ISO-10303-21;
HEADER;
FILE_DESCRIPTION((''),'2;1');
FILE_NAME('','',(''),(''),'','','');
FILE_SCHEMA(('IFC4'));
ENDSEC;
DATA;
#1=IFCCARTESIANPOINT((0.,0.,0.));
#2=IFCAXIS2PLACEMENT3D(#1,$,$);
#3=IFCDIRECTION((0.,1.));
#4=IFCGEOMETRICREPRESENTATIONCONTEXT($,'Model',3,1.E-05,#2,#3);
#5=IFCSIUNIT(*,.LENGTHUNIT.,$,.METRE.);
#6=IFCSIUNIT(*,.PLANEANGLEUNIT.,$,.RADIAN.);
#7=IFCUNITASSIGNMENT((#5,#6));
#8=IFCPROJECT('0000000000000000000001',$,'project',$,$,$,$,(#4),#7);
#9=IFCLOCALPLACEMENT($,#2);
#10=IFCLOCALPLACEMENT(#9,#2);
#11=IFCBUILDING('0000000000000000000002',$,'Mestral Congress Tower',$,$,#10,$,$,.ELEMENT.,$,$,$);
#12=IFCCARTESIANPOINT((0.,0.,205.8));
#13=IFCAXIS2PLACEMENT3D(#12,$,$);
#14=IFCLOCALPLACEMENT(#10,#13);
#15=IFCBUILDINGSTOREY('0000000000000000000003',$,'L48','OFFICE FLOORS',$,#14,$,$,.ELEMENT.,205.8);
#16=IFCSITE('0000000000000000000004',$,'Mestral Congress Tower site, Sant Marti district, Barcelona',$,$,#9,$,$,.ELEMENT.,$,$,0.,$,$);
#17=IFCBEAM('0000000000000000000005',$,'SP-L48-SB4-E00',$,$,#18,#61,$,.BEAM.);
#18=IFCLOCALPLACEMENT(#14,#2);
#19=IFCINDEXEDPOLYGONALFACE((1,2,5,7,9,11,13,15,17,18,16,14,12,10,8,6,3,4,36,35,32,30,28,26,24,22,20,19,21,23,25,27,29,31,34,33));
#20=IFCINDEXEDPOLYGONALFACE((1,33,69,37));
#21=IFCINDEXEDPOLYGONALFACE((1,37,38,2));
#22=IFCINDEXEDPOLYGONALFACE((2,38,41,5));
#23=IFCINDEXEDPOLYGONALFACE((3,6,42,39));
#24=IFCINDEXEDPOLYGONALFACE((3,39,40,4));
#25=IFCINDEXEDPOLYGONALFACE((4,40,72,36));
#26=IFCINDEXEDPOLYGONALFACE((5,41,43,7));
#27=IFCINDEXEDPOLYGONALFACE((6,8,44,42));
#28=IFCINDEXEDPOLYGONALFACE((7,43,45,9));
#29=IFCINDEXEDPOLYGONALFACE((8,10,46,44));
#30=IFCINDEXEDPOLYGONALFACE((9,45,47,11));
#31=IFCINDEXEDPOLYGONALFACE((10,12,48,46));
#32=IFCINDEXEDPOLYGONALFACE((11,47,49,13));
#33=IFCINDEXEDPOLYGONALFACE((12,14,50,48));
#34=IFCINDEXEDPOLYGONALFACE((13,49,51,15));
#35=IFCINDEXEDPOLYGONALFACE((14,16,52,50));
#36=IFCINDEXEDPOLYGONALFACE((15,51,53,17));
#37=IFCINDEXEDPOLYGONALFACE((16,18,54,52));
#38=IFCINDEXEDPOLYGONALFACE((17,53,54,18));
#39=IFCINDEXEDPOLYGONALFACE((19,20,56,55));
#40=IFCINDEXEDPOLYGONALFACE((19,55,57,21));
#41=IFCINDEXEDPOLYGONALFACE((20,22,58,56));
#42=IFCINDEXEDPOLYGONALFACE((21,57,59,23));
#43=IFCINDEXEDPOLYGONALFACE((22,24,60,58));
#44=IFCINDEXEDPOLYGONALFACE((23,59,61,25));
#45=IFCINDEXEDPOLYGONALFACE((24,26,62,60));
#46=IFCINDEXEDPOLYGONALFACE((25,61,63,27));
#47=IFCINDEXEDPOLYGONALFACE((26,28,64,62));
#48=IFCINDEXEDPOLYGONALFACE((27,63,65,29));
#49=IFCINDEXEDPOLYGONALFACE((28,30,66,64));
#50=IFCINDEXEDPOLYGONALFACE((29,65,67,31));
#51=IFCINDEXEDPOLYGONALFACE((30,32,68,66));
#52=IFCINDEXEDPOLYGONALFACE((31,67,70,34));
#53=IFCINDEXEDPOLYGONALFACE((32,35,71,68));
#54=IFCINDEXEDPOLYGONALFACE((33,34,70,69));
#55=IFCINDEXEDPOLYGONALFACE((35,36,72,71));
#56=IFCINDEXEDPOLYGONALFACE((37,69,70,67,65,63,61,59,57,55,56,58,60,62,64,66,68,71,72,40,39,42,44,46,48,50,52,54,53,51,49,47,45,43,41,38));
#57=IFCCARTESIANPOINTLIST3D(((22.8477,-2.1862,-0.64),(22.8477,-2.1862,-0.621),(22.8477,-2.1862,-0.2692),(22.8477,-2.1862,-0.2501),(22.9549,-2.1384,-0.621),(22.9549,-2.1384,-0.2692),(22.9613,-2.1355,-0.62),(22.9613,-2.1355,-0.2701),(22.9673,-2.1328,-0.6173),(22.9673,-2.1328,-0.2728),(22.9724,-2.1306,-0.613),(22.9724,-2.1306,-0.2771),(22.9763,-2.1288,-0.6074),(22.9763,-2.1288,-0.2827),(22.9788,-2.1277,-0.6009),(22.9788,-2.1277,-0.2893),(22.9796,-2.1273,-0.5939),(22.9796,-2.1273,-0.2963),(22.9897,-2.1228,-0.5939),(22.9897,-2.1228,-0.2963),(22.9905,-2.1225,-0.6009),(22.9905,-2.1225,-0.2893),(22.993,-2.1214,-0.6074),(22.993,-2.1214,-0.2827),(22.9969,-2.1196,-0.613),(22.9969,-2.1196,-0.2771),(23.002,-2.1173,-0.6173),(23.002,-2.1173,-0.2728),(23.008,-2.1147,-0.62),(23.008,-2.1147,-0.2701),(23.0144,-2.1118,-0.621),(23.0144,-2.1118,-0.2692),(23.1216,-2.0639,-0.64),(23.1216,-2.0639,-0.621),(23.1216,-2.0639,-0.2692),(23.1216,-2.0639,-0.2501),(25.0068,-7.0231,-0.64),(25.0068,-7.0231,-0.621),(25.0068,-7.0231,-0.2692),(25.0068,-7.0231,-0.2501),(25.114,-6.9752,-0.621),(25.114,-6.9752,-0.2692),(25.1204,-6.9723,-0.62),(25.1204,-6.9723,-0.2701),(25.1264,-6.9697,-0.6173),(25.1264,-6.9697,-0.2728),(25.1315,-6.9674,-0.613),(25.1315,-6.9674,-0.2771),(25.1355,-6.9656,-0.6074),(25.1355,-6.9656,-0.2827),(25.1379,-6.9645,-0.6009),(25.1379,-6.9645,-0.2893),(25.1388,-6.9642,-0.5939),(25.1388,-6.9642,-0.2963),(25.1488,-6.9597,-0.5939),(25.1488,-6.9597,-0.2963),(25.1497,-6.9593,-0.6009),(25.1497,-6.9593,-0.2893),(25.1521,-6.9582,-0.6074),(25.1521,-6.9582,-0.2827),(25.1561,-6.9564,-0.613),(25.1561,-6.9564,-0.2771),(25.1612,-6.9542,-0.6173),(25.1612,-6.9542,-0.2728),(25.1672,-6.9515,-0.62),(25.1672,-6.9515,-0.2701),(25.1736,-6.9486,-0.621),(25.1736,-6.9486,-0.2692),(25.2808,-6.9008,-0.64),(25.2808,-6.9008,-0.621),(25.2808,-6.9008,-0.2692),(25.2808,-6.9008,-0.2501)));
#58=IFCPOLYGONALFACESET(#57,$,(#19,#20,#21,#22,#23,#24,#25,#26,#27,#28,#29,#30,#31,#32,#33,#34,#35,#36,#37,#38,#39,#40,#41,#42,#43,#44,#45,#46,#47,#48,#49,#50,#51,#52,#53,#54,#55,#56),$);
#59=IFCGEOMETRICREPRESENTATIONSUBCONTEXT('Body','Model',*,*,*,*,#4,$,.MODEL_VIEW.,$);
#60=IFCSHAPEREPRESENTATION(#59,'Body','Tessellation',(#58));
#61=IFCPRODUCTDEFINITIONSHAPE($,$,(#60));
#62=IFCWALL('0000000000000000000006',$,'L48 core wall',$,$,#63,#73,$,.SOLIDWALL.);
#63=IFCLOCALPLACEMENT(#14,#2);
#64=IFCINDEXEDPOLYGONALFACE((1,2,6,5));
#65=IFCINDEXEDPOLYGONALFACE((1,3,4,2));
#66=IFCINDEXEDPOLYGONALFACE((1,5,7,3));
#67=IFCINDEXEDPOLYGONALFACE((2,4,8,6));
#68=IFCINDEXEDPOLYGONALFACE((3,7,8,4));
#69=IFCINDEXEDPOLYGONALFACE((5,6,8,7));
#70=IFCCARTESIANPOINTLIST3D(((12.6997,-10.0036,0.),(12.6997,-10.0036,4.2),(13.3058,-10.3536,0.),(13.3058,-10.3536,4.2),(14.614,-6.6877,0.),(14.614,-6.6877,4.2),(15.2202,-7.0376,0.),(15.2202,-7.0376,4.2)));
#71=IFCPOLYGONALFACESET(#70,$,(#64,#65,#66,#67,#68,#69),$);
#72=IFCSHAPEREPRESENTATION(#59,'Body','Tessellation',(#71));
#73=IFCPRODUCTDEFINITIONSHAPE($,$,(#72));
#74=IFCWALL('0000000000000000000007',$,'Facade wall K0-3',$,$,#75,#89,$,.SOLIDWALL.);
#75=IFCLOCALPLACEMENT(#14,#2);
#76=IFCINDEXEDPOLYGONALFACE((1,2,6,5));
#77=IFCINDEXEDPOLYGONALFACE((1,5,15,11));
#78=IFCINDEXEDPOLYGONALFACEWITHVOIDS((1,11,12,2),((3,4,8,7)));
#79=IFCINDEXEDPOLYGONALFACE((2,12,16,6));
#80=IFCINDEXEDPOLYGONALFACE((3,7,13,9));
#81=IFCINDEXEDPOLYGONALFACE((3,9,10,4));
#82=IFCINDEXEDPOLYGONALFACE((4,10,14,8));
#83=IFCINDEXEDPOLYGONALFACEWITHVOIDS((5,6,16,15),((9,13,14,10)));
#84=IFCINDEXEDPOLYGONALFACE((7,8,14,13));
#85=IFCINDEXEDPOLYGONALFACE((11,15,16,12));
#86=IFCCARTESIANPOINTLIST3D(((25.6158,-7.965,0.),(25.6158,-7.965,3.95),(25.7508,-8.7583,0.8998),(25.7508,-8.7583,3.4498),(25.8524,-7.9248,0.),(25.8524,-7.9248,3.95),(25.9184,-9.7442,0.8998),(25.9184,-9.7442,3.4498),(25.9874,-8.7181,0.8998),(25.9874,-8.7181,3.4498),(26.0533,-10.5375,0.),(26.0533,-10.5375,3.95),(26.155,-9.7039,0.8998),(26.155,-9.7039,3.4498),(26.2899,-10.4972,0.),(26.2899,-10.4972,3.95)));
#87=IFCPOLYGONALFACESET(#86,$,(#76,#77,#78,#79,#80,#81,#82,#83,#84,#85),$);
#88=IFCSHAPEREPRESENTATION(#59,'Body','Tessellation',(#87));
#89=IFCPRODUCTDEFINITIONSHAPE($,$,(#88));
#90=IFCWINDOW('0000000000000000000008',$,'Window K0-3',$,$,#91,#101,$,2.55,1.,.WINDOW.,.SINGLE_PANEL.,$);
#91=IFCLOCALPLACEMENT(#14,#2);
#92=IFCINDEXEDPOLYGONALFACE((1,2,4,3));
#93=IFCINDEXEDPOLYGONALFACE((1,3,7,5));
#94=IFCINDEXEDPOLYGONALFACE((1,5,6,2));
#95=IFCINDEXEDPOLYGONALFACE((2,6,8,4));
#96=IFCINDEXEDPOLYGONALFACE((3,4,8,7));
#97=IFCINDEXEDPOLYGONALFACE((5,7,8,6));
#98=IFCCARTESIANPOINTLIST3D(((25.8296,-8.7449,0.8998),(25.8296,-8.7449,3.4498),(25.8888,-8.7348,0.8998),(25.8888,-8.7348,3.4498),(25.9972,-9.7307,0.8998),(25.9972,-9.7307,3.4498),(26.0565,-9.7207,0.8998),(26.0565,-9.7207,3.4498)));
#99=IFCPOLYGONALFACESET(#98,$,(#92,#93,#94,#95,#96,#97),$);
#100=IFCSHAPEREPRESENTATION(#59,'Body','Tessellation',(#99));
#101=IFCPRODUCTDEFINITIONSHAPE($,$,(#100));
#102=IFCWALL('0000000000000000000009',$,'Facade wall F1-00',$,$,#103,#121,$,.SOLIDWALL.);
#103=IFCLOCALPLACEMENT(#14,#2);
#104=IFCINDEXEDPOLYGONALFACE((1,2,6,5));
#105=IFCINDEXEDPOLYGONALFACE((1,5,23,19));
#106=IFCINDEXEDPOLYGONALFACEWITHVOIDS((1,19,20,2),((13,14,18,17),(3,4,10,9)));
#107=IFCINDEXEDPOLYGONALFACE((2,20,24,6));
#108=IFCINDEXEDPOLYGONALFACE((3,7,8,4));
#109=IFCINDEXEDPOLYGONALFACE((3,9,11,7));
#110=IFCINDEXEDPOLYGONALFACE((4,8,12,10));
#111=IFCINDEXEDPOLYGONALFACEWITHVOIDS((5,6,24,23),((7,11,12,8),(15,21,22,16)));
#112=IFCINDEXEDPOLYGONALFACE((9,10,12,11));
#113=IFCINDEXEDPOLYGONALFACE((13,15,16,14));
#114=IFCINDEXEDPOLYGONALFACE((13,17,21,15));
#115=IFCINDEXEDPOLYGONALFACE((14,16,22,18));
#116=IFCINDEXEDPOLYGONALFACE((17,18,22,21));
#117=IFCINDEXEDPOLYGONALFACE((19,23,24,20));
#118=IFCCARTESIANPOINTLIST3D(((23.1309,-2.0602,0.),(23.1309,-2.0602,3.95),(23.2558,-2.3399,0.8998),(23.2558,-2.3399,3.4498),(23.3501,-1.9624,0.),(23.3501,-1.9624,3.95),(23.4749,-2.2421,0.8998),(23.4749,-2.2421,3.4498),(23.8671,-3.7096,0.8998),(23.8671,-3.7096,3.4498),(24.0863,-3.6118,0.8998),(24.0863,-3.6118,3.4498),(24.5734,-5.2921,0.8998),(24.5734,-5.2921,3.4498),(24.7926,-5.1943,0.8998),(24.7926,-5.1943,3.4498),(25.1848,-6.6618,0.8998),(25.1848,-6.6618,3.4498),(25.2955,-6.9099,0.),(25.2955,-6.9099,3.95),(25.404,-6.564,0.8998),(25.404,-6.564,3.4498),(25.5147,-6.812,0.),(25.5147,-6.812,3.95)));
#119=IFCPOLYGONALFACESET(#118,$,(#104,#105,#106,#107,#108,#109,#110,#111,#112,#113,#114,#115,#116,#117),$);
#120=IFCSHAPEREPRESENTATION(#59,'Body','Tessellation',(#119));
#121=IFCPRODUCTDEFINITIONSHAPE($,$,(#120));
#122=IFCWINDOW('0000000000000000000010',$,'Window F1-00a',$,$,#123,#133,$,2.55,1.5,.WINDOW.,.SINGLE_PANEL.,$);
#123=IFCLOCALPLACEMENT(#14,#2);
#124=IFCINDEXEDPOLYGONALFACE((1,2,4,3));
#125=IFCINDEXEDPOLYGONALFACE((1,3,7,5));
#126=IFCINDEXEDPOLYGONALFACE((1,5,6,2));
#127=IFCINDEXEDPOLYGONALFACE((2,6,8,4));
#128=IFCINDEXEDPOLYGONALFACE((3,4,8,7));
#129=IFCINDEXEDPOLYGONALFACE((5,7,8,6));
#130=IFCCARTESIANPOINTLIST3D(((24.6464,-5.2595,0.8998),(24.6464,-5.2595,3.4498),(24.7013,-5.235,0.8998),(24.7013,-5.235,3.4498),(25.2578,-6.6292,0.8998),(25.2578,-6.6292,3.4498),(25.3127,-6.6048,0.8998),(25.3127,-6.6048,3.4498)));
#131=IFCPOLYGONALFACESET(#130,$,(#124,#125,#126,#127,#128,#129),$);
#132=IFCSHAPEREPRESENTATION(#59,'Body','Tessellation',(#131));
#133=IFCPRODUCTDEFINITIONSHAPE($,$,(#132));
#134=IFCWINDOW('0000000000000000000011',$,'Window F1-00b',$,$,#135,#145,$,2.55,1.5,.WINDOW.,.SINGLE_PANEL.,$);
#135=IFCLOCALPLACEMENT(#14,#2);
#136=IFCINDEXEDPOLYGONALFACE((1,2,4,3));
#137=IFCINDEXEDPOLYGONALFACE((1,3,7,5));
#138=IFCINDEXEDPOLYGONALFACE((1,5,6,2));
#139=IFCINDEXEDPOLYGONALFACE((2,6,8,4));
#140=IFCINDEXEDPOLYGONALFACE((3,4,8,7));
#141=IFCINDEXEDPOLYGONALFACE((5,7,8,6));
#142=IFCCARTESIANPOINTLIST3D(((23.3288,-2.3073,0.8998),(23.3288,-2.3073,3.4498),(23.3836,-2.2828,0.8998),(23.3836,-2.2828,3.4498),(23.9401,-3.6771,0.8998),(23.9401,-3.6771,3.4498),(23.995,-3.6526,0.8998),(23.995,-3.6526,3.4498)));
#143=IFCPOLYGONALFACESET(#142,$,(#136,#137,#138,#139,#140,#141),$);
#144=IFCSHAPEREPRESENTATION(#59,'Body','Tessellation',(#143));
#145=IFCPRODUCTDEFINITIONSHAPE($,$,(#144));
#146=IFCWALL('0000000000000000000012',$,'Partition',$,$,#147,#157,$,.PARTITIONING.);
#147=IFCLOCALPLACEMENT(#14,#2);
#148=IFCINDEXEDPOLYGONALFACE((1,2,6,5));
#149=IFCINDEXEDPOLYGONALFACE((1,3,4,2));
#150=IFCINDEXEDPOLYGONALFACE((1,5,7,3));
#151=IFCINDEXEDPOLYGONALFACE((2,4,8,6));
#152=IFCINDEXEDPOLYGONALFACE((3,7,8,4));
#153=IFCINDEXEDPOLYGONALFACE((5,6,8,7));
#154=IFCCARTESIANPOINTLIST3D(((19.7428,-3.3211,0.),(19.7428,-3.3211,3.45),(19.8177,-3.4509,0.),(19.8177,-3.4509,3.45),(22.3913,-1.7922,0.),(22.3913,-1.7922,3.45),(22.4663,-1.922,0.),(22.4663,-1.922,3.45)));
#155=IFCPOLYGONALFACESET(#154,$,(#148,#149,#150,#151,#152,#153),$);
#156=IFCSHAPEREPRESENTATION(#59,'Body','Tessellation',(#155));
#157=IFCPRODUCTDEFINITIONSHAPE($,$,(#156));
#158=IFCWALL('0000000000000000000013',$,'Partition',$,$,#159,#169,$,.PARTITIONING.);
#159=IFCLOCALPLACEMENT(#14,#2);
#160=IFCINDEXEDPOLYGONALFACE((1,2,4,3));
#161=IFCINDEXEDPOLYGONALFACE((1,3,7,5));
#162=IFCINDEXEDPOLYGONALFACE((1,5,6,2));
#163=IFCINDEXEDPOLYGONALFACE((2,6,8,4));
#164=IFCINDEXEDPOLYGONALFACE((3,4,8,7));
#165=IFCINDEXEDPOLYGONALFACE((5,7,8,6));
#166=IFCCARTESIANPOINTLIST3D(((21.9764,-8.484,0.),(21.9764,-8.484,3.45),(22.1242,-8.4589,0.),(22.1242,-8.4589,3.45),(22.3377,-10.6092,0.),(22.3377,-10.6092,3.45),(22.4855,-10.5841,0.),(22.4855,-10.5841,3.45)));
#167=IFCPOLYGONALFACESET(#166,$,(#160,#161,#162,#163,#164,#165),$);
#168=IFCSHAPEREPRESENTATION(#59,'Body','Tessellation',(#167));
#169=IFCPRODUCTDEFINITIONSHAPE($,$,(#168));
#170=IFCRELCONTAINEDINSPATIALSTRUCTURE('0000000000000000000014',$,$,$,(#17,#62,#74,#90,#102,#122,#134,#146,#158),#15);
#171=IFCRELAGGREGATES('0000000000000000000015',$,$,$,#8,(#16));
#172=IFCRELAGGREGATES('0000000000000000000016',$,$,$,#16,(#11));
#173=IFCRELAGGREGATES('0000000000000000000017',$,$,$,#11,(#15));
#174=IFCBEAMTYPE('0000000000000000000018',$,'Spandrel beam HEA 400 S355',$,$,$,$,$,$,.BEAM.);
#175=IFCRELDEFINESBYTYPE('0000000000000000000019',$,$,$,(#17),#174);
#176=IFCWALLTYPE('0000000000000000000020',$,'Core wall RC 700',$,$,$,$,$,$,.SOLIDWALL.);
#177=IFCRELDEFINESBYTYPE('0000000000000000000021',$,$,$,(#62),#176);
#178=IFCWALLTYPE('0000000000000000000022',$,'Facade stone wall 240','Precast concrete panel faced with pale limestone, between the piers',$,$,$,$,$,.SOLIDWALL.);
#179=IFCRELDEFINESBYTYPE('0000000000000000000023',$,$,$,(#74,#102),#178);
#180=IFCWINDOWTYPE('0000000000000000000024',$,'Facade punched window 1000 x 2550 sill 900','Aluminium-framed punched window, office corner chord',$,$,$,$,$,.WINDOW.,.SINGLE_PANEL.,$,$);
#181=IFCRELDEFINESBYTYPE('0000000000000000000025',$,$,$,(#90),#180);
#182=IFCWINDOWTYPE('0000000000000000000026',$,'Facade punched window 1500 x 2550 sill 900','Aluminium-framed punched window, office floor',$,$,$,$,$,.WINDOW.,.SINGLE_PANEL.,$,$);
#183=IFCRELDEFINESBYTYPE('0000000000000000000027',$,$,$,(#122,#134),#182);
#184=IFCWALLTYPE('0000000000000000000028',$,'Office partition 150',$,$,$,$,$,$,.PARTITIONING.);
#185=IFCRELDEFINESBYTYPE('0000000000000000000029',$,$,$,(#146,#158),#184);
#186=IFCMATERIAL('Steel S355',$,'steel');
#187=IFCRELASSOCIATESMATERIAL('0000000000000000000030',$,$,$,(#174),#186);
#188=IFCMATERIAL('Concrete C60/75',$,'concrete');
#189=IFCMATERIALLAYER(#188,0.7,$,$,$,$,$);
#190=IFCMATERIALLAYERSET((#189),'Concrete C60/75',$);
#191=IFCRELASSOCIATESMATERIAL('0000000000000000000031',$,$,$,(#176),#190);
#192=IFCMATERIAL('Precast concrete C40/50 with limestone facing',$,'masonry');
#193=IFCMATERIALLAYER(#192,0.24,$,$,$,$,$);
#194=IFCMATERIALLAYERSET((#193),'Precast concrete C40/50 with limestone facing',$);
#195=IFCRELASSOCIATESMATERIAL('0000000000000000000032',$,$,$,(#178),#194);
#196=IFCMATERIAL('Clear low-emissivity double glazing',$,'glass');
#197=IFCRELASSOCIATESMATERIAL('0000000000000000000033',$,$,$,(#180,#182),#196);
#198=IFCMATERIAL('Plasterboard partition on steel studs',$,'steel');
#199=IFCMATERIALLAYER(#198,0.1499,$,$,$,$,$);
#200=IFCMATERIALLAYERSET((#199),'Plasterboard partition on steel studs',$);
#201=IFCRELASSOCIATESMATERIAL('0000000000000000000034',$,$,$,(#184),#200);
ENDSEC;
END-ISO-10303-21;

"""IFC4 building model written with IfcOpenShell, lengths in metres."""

from ifc_helpers import new_model, si_unit, direction, frame, frame_2d, origin, origin_2d, place, context, subcontext, project, spatial, rectangle, i_section, extrude, material, layer, layer_set, material_profile, profile_set, type_object, element, fill, save


model = new_model("IFC4")

# Units and contexts
model_context = context("Model", 3, precision=1e-05, world=origin(), true_north=direction((0.0, 1.0)))
body_context = subcontext(model_context, "Body", "Model", "MODEL_VIEW")
ifc_project = project(units=[si_unit("LENGTHUNIT", "METRE"), si_unit("PLANEANGLEUNIT", "RADIAN")], contexts=[model_context])

# Site, building, storey
site_placement = place(None, origin())
site = spatial("IfcSite", under=ifc_project, at=site_placement, Name="Mestral Congress Tower site, Sant Marti district, Barcelona", CompositionType="ELEMENT", RefElevation=0.0)
building_placement = place(site_placement, origin())
building = spatial("IfcBuilding", under=site, at=building_placement, Name="Mestral Congress Tower", CompositionType="ELEMENT")
storey_placement = place(building_placement, frame((0.0, 0.0, 205.8)))
storey = spatial("IfcBuildingStorey", under=building, at=storey_placement, Name="L48", Description="OFFICE FLOORS", CompositionType="ELEMENT", Elevation=205.8)

# Shared definitions
ifc_material_1 = material(Name="Concrete C60/75", Category="concrete")

# Beam
ifc_material_2 = material(Name="Steel S355", Category="steel")
ifc_material_profile_1 = material_profile(ifc_material_2, i_section(OverallWidth=0.3, OverallDepth=0.3899, WebThickness=0.011, FlangeThickness=0.019, FilletRadius=0.0271, at=origin_2d()), Name="HEA 400")
ifc_profile_set_1 = profile_set([ifc_material_profile_1], Name="Steel S355")
beam_type_1 = type_object("IfcBeamType", Name="Spandrel beam HEA 400 S355", PredefinedType="BEAM", material=ifc_profile_set_1)
beam_1_placement = place(storey_placement, frame((25.1438, -6.9619, -0.4451), z_axis=(-0.407626, 0.913149, 0.0), x_axis=(-0.913149, -0.407626, 0.0)))
element("IfcBeam", 1, at=beam_1_placement, inside=storey, type_object=beam_type_1, Name="SP-L48-SB4-E00", PredefinedType="BEAM", context=body_context, shape_type="SweptSolid", body=[
    extrude(i_section(OverallWidth=0.3, OverallDepth=0.3899, WebThickness=0.011, FlangeThickness=0.019, FilletRadius=0.0271, at=origin_2d()), origin(), (0.0, 0.0, 1.0), 5.2969),
])

# Wall
ifc_layer_1 = layer(ifc_material_1, 0.7)
ifc_layer_set_1 = layer_set([ifc_layer_1], Name="Concrete C60/75")
wall_type_1 = type_object("IfcWallType", Name="Core wall RC 700", PredefinedType="SOLIDWALL", material=ifc_layer_set_1)
wall_1_placement = place(storey_placement, frame((13.0027, -10.1787, 0.0), z_axis=(0.0, 0.0, 1.0), x_axis=(0.499973, 0.866041, 0.0)))
element("IfcWall", 2, at=wall_1_placement, inside=storey, type_object=wall_type_1, Name="L48 core wall", PredefinedType="SOLIDWALL", context=body_context, shape_type="SweptSolid", body=[
    extrude(rectangle(XDim=3.8289, YDim=0.7, at=frame_2d((1.9146, 0.0))), origin(), (0.0, 0.0, 1.0), 4.2),
])

# Wall, opening, window
ifc_material_3 = material(Name="Precast concrete C40/50 with limestone facing", Category="masonry")
ifc_layer_2 = layer(ifc_material_3, 0.24)
ifc_layer_set_2 = layer_set([ifc_layer_2], Name="Precast concrete C40/50 with limestone facing")
wall_type_2 = type_object("IfcWallType", Name="Facade stone wall 240", Description="Precast concrete panel faced with pale limestone, between the piers", PredefinedType="SOLIDWALL", material=ifc_layer_set_2)
wall_2_placement = place(storey_placement, frame((26.1716, -10.5173, 0.0), z_axis=(0.0, 0.0, 1.0), x_axis=(-0.16766, 0.985845, 0.0)))
wall_2 = element("IfcWall", 3, at=wall_2_placement, inside=storey, type_object=wall_type_2, Name="Facade wall K0-3", PredefinedType="SOLIDWALL", context=body_context, shape_type="SweptSolid", body=[
    extrude(rectangle(XDim=2.6094, YDim=0.24, at=frame_2d((1.3047, 0.0))), origin(), (0.0, 0.0, 1.0), 3.95),
])
opening_1_placement = place(wall_2_placement, frame((0.8047, 0.0, 0.8999)))
opening_1 = element("IfcOpeningElement", 4, at=opening_1_placement, cuts=wall_2, PredefinedType="OPENING", context=body_context, shape_type="SweptSolid", body=[
    extrude(rectangle(XDim=1.0, YDim=2.55, at=frame_2d((0.5, 1.2749))), frame((0.0, 0.1299, 0.0), z_axis=(0.0, -1.0, 0.0), x_axis=(1.0, 0.0, 0.0)), (0.0, 0.0, 1.0), 0.26),
])
ifc_material_4 = material(Name="Clear low-emissivity double glazing", Category="glass")
window_type_1 = type_object("IfcWindowType", Name="Facade punched window 1000 x 2550 sill 900", Description="Aluminium-framed punched window, office corner chord", PartitioningType="SINGLE_PANEL", PredefinedType="WINDOW", material=ifc_material_4)
window_1_placement = place(opening_1_placement, origin())
window_1 = element("IfcWindow", 5, at=window_1_placement, inside=storey, type_object=window_type_1, Name="Window K0-3", OverallHeight=2.55, OverallWidth=1.0, PartitioningType="SINGLE_PANEL", PredefinedType="WINDOW", context=body_context, shape_type="SweptSolid", body=[
    extrude(rectangle(XDim=1.0, YDim=2.55, at=frame_2d((0.5, 1.2749))), frame((0.0, 0.04, 0.0), z_axis=(0.0, -1.0, 0.0), x_axis=(1.0, 0.0, 0.0)), (0.0, 0.0, 1.0), 0.0601),
])
fill(opening_1, window_1)

# Wall, openings, windows
wall_3_placement = place(storey_placement, frame((25.405, -6.8608, 0.0), z_axis=(0.0, 0.0, 1.0), x_axis=(-0.40758, 0.91317, 0.0)))
wall_3 = element("IfcWall", 6, at=wall_3_placement, inside=storey, type_object=wall_type_2, Name="Facade wall F1-00", PredefinedType="SOLIDWALL", context=body_context, shape_type="SweptSolid", body=[
    extrude(rectangle(XDim=5.3108, YDim=0.24, at=frame_2d((2.6553, 0.0))), origin(), (0.0, 0.0, 1.0), 3.95),
])
opening_2_placement = place(wall_3_placement, frame((0.2715, 0.0, 0.8999)))
opening_2 = element("IfcOpeningElement", 7, at=opening_2_placement, cuts=wall_3, PredefinedType="OPENING", context=body_context, shape_type="SweptSolid", body=[
    extrude(rectangle(XDim=1.5, YDim=2.55, at=frame_2d((0.75, 1.2749))), frame((0.0, 0.1299, 0.0), z_axis=(0.0, -1.0, 0.0), x_axis=(1.0, 0.0, 0.0)), (0.0, 0.0, 1.0), 0.26),
])
opening_3_placement = place(wall_3_placement, frame((3.5044, 0.0, 0.8999)))
opening_3 = element("IfcOpeningElement", 8, at=opening_3_placement, cuts=wall_3, PredefinedType="OPENING", context=body_context, shape_type="SweptSolid", body=[
    extrude(rectangle(XDim=1.5, YDim=2.55, at=frame_2d((0.75, 1.2749))), frame((0.0, 0.1299, 0.0), z_axis=(0.0, -1.0, 0.0), x_axis=(1.0, 0.0, 0.0)), (0.0, 0.0, 1.0), 0.26),
])
window_type_2 = type_object("IfcWindowType", Name="Facade punched window 1500 x 2550 sill 900", Description="Aluminium-framed punched window, office floor", PartitioningType="SINGLE_PANEL", PredefinedType="WINDOW", material=ifc_material_4)
window_2_placement = place(opening_2_placement, origin())
window_2 = element("IfcWindow", 9, at=window_2_placement, inside=storey, type_object=window_type_2, Name="Window F1-00a", OverallHeight=2.55, OverallWidth=1.5, PartitioningType="SINGLE_PANEL", PredefinedType="WINDOW", context=body_context, shape_type="SweptSolid", body=[
    extrude(rectangle(XDim=1.5, YDim=2.55, at=frame_2d((0.75, 1.2749))), frame((0.0, 0.04, 0.0), z_axis=(0.0, -1.0, 0.0), x_axis=(1.0, 0.0, 0.0)), (0.0, 0.0, 1.0), 0.0601),
])
fill(opening_2, window_2)
window_3_placement = place(opening_3_placement, origin())
window_3 = element("IfcWindow", 10, at=window_3_placement, inside=storey, type_object=window_type_2, Name="Window F1-00b", OverallHeight=2.55, OverallWidth=1.5, PartitioningType="SINGLE_PANEL", PredefinedType="WINDOW", context=body_context, shape_type="SweptSolid", body=[
    extrude(rectangle(XDim=1.5, YDim=2.55, at=frame_2d((0.75, 1.2749))), frame((0.0, 0.04, 0.0), z_axis=(0.0, -1.0, 0.0), x_axis=(1.0, 0.0, 0.0)), (0.0, 0.0, 1.0), 0.0601),
])
fill(opening_3, window_3)

# Walls
ifc_material_5 = material(Name="Plasterboard partition on steel studs", Category="steel")
ifc_layer_3 = layer(ifc_material_5, 0.1499)
ifc_layer_set_3 = layer_set([ifc_layer_3], Name="Plasterboard partition on steel studs")
wall_type_3 = type_object("IfcWallType", Name="Office partition 150", PredefinedType="PARTITIONING", material=ifc_layer_set_3)
wall_4_placement = place(storey_placement, frame((19.7803, -3.386, 0.0), z_axis=(0.0, 0.0, 1.0), x_axis=(0.866063, 0.499934, 0.0)))
element("IfcWall", 11, at=wall_4_placement, inside=storey, type_object=wall_type_3, Name="Partition", PredefinedType="PARTITIONING", context=body_context, shape_type="SweptSolid", body=[
    extrude(rectangle(XDim=3.0581, YDim=0.1499, at=frame_2d((1.5291, 0.0))), origin(), (0.0, 0.0, 1.0), 3.45),
])
wall_5_placement = place(storey_placement, frame((22.4116, -10.5967, 0.0), z_axis=(0.0, 0.0, 1.0), x_axis=(-0.167612, 0.985853, 0.0)))
element("IfcWall", 12, at=wall_5_placement, inside=storey, type_object=wall_type_3, Name="Partition", PredefinedType="PARTITIONING", context=body_context, shape_type="SweptSolid", body=[
    extrude(rectangle(XDim=2.1558, YDim=0.1499, at=frame_2d((1.0779, 0.0))), origin(), (0.0, 0.0, 1.0), 3.45),
])

save(model, "model.ifc")
